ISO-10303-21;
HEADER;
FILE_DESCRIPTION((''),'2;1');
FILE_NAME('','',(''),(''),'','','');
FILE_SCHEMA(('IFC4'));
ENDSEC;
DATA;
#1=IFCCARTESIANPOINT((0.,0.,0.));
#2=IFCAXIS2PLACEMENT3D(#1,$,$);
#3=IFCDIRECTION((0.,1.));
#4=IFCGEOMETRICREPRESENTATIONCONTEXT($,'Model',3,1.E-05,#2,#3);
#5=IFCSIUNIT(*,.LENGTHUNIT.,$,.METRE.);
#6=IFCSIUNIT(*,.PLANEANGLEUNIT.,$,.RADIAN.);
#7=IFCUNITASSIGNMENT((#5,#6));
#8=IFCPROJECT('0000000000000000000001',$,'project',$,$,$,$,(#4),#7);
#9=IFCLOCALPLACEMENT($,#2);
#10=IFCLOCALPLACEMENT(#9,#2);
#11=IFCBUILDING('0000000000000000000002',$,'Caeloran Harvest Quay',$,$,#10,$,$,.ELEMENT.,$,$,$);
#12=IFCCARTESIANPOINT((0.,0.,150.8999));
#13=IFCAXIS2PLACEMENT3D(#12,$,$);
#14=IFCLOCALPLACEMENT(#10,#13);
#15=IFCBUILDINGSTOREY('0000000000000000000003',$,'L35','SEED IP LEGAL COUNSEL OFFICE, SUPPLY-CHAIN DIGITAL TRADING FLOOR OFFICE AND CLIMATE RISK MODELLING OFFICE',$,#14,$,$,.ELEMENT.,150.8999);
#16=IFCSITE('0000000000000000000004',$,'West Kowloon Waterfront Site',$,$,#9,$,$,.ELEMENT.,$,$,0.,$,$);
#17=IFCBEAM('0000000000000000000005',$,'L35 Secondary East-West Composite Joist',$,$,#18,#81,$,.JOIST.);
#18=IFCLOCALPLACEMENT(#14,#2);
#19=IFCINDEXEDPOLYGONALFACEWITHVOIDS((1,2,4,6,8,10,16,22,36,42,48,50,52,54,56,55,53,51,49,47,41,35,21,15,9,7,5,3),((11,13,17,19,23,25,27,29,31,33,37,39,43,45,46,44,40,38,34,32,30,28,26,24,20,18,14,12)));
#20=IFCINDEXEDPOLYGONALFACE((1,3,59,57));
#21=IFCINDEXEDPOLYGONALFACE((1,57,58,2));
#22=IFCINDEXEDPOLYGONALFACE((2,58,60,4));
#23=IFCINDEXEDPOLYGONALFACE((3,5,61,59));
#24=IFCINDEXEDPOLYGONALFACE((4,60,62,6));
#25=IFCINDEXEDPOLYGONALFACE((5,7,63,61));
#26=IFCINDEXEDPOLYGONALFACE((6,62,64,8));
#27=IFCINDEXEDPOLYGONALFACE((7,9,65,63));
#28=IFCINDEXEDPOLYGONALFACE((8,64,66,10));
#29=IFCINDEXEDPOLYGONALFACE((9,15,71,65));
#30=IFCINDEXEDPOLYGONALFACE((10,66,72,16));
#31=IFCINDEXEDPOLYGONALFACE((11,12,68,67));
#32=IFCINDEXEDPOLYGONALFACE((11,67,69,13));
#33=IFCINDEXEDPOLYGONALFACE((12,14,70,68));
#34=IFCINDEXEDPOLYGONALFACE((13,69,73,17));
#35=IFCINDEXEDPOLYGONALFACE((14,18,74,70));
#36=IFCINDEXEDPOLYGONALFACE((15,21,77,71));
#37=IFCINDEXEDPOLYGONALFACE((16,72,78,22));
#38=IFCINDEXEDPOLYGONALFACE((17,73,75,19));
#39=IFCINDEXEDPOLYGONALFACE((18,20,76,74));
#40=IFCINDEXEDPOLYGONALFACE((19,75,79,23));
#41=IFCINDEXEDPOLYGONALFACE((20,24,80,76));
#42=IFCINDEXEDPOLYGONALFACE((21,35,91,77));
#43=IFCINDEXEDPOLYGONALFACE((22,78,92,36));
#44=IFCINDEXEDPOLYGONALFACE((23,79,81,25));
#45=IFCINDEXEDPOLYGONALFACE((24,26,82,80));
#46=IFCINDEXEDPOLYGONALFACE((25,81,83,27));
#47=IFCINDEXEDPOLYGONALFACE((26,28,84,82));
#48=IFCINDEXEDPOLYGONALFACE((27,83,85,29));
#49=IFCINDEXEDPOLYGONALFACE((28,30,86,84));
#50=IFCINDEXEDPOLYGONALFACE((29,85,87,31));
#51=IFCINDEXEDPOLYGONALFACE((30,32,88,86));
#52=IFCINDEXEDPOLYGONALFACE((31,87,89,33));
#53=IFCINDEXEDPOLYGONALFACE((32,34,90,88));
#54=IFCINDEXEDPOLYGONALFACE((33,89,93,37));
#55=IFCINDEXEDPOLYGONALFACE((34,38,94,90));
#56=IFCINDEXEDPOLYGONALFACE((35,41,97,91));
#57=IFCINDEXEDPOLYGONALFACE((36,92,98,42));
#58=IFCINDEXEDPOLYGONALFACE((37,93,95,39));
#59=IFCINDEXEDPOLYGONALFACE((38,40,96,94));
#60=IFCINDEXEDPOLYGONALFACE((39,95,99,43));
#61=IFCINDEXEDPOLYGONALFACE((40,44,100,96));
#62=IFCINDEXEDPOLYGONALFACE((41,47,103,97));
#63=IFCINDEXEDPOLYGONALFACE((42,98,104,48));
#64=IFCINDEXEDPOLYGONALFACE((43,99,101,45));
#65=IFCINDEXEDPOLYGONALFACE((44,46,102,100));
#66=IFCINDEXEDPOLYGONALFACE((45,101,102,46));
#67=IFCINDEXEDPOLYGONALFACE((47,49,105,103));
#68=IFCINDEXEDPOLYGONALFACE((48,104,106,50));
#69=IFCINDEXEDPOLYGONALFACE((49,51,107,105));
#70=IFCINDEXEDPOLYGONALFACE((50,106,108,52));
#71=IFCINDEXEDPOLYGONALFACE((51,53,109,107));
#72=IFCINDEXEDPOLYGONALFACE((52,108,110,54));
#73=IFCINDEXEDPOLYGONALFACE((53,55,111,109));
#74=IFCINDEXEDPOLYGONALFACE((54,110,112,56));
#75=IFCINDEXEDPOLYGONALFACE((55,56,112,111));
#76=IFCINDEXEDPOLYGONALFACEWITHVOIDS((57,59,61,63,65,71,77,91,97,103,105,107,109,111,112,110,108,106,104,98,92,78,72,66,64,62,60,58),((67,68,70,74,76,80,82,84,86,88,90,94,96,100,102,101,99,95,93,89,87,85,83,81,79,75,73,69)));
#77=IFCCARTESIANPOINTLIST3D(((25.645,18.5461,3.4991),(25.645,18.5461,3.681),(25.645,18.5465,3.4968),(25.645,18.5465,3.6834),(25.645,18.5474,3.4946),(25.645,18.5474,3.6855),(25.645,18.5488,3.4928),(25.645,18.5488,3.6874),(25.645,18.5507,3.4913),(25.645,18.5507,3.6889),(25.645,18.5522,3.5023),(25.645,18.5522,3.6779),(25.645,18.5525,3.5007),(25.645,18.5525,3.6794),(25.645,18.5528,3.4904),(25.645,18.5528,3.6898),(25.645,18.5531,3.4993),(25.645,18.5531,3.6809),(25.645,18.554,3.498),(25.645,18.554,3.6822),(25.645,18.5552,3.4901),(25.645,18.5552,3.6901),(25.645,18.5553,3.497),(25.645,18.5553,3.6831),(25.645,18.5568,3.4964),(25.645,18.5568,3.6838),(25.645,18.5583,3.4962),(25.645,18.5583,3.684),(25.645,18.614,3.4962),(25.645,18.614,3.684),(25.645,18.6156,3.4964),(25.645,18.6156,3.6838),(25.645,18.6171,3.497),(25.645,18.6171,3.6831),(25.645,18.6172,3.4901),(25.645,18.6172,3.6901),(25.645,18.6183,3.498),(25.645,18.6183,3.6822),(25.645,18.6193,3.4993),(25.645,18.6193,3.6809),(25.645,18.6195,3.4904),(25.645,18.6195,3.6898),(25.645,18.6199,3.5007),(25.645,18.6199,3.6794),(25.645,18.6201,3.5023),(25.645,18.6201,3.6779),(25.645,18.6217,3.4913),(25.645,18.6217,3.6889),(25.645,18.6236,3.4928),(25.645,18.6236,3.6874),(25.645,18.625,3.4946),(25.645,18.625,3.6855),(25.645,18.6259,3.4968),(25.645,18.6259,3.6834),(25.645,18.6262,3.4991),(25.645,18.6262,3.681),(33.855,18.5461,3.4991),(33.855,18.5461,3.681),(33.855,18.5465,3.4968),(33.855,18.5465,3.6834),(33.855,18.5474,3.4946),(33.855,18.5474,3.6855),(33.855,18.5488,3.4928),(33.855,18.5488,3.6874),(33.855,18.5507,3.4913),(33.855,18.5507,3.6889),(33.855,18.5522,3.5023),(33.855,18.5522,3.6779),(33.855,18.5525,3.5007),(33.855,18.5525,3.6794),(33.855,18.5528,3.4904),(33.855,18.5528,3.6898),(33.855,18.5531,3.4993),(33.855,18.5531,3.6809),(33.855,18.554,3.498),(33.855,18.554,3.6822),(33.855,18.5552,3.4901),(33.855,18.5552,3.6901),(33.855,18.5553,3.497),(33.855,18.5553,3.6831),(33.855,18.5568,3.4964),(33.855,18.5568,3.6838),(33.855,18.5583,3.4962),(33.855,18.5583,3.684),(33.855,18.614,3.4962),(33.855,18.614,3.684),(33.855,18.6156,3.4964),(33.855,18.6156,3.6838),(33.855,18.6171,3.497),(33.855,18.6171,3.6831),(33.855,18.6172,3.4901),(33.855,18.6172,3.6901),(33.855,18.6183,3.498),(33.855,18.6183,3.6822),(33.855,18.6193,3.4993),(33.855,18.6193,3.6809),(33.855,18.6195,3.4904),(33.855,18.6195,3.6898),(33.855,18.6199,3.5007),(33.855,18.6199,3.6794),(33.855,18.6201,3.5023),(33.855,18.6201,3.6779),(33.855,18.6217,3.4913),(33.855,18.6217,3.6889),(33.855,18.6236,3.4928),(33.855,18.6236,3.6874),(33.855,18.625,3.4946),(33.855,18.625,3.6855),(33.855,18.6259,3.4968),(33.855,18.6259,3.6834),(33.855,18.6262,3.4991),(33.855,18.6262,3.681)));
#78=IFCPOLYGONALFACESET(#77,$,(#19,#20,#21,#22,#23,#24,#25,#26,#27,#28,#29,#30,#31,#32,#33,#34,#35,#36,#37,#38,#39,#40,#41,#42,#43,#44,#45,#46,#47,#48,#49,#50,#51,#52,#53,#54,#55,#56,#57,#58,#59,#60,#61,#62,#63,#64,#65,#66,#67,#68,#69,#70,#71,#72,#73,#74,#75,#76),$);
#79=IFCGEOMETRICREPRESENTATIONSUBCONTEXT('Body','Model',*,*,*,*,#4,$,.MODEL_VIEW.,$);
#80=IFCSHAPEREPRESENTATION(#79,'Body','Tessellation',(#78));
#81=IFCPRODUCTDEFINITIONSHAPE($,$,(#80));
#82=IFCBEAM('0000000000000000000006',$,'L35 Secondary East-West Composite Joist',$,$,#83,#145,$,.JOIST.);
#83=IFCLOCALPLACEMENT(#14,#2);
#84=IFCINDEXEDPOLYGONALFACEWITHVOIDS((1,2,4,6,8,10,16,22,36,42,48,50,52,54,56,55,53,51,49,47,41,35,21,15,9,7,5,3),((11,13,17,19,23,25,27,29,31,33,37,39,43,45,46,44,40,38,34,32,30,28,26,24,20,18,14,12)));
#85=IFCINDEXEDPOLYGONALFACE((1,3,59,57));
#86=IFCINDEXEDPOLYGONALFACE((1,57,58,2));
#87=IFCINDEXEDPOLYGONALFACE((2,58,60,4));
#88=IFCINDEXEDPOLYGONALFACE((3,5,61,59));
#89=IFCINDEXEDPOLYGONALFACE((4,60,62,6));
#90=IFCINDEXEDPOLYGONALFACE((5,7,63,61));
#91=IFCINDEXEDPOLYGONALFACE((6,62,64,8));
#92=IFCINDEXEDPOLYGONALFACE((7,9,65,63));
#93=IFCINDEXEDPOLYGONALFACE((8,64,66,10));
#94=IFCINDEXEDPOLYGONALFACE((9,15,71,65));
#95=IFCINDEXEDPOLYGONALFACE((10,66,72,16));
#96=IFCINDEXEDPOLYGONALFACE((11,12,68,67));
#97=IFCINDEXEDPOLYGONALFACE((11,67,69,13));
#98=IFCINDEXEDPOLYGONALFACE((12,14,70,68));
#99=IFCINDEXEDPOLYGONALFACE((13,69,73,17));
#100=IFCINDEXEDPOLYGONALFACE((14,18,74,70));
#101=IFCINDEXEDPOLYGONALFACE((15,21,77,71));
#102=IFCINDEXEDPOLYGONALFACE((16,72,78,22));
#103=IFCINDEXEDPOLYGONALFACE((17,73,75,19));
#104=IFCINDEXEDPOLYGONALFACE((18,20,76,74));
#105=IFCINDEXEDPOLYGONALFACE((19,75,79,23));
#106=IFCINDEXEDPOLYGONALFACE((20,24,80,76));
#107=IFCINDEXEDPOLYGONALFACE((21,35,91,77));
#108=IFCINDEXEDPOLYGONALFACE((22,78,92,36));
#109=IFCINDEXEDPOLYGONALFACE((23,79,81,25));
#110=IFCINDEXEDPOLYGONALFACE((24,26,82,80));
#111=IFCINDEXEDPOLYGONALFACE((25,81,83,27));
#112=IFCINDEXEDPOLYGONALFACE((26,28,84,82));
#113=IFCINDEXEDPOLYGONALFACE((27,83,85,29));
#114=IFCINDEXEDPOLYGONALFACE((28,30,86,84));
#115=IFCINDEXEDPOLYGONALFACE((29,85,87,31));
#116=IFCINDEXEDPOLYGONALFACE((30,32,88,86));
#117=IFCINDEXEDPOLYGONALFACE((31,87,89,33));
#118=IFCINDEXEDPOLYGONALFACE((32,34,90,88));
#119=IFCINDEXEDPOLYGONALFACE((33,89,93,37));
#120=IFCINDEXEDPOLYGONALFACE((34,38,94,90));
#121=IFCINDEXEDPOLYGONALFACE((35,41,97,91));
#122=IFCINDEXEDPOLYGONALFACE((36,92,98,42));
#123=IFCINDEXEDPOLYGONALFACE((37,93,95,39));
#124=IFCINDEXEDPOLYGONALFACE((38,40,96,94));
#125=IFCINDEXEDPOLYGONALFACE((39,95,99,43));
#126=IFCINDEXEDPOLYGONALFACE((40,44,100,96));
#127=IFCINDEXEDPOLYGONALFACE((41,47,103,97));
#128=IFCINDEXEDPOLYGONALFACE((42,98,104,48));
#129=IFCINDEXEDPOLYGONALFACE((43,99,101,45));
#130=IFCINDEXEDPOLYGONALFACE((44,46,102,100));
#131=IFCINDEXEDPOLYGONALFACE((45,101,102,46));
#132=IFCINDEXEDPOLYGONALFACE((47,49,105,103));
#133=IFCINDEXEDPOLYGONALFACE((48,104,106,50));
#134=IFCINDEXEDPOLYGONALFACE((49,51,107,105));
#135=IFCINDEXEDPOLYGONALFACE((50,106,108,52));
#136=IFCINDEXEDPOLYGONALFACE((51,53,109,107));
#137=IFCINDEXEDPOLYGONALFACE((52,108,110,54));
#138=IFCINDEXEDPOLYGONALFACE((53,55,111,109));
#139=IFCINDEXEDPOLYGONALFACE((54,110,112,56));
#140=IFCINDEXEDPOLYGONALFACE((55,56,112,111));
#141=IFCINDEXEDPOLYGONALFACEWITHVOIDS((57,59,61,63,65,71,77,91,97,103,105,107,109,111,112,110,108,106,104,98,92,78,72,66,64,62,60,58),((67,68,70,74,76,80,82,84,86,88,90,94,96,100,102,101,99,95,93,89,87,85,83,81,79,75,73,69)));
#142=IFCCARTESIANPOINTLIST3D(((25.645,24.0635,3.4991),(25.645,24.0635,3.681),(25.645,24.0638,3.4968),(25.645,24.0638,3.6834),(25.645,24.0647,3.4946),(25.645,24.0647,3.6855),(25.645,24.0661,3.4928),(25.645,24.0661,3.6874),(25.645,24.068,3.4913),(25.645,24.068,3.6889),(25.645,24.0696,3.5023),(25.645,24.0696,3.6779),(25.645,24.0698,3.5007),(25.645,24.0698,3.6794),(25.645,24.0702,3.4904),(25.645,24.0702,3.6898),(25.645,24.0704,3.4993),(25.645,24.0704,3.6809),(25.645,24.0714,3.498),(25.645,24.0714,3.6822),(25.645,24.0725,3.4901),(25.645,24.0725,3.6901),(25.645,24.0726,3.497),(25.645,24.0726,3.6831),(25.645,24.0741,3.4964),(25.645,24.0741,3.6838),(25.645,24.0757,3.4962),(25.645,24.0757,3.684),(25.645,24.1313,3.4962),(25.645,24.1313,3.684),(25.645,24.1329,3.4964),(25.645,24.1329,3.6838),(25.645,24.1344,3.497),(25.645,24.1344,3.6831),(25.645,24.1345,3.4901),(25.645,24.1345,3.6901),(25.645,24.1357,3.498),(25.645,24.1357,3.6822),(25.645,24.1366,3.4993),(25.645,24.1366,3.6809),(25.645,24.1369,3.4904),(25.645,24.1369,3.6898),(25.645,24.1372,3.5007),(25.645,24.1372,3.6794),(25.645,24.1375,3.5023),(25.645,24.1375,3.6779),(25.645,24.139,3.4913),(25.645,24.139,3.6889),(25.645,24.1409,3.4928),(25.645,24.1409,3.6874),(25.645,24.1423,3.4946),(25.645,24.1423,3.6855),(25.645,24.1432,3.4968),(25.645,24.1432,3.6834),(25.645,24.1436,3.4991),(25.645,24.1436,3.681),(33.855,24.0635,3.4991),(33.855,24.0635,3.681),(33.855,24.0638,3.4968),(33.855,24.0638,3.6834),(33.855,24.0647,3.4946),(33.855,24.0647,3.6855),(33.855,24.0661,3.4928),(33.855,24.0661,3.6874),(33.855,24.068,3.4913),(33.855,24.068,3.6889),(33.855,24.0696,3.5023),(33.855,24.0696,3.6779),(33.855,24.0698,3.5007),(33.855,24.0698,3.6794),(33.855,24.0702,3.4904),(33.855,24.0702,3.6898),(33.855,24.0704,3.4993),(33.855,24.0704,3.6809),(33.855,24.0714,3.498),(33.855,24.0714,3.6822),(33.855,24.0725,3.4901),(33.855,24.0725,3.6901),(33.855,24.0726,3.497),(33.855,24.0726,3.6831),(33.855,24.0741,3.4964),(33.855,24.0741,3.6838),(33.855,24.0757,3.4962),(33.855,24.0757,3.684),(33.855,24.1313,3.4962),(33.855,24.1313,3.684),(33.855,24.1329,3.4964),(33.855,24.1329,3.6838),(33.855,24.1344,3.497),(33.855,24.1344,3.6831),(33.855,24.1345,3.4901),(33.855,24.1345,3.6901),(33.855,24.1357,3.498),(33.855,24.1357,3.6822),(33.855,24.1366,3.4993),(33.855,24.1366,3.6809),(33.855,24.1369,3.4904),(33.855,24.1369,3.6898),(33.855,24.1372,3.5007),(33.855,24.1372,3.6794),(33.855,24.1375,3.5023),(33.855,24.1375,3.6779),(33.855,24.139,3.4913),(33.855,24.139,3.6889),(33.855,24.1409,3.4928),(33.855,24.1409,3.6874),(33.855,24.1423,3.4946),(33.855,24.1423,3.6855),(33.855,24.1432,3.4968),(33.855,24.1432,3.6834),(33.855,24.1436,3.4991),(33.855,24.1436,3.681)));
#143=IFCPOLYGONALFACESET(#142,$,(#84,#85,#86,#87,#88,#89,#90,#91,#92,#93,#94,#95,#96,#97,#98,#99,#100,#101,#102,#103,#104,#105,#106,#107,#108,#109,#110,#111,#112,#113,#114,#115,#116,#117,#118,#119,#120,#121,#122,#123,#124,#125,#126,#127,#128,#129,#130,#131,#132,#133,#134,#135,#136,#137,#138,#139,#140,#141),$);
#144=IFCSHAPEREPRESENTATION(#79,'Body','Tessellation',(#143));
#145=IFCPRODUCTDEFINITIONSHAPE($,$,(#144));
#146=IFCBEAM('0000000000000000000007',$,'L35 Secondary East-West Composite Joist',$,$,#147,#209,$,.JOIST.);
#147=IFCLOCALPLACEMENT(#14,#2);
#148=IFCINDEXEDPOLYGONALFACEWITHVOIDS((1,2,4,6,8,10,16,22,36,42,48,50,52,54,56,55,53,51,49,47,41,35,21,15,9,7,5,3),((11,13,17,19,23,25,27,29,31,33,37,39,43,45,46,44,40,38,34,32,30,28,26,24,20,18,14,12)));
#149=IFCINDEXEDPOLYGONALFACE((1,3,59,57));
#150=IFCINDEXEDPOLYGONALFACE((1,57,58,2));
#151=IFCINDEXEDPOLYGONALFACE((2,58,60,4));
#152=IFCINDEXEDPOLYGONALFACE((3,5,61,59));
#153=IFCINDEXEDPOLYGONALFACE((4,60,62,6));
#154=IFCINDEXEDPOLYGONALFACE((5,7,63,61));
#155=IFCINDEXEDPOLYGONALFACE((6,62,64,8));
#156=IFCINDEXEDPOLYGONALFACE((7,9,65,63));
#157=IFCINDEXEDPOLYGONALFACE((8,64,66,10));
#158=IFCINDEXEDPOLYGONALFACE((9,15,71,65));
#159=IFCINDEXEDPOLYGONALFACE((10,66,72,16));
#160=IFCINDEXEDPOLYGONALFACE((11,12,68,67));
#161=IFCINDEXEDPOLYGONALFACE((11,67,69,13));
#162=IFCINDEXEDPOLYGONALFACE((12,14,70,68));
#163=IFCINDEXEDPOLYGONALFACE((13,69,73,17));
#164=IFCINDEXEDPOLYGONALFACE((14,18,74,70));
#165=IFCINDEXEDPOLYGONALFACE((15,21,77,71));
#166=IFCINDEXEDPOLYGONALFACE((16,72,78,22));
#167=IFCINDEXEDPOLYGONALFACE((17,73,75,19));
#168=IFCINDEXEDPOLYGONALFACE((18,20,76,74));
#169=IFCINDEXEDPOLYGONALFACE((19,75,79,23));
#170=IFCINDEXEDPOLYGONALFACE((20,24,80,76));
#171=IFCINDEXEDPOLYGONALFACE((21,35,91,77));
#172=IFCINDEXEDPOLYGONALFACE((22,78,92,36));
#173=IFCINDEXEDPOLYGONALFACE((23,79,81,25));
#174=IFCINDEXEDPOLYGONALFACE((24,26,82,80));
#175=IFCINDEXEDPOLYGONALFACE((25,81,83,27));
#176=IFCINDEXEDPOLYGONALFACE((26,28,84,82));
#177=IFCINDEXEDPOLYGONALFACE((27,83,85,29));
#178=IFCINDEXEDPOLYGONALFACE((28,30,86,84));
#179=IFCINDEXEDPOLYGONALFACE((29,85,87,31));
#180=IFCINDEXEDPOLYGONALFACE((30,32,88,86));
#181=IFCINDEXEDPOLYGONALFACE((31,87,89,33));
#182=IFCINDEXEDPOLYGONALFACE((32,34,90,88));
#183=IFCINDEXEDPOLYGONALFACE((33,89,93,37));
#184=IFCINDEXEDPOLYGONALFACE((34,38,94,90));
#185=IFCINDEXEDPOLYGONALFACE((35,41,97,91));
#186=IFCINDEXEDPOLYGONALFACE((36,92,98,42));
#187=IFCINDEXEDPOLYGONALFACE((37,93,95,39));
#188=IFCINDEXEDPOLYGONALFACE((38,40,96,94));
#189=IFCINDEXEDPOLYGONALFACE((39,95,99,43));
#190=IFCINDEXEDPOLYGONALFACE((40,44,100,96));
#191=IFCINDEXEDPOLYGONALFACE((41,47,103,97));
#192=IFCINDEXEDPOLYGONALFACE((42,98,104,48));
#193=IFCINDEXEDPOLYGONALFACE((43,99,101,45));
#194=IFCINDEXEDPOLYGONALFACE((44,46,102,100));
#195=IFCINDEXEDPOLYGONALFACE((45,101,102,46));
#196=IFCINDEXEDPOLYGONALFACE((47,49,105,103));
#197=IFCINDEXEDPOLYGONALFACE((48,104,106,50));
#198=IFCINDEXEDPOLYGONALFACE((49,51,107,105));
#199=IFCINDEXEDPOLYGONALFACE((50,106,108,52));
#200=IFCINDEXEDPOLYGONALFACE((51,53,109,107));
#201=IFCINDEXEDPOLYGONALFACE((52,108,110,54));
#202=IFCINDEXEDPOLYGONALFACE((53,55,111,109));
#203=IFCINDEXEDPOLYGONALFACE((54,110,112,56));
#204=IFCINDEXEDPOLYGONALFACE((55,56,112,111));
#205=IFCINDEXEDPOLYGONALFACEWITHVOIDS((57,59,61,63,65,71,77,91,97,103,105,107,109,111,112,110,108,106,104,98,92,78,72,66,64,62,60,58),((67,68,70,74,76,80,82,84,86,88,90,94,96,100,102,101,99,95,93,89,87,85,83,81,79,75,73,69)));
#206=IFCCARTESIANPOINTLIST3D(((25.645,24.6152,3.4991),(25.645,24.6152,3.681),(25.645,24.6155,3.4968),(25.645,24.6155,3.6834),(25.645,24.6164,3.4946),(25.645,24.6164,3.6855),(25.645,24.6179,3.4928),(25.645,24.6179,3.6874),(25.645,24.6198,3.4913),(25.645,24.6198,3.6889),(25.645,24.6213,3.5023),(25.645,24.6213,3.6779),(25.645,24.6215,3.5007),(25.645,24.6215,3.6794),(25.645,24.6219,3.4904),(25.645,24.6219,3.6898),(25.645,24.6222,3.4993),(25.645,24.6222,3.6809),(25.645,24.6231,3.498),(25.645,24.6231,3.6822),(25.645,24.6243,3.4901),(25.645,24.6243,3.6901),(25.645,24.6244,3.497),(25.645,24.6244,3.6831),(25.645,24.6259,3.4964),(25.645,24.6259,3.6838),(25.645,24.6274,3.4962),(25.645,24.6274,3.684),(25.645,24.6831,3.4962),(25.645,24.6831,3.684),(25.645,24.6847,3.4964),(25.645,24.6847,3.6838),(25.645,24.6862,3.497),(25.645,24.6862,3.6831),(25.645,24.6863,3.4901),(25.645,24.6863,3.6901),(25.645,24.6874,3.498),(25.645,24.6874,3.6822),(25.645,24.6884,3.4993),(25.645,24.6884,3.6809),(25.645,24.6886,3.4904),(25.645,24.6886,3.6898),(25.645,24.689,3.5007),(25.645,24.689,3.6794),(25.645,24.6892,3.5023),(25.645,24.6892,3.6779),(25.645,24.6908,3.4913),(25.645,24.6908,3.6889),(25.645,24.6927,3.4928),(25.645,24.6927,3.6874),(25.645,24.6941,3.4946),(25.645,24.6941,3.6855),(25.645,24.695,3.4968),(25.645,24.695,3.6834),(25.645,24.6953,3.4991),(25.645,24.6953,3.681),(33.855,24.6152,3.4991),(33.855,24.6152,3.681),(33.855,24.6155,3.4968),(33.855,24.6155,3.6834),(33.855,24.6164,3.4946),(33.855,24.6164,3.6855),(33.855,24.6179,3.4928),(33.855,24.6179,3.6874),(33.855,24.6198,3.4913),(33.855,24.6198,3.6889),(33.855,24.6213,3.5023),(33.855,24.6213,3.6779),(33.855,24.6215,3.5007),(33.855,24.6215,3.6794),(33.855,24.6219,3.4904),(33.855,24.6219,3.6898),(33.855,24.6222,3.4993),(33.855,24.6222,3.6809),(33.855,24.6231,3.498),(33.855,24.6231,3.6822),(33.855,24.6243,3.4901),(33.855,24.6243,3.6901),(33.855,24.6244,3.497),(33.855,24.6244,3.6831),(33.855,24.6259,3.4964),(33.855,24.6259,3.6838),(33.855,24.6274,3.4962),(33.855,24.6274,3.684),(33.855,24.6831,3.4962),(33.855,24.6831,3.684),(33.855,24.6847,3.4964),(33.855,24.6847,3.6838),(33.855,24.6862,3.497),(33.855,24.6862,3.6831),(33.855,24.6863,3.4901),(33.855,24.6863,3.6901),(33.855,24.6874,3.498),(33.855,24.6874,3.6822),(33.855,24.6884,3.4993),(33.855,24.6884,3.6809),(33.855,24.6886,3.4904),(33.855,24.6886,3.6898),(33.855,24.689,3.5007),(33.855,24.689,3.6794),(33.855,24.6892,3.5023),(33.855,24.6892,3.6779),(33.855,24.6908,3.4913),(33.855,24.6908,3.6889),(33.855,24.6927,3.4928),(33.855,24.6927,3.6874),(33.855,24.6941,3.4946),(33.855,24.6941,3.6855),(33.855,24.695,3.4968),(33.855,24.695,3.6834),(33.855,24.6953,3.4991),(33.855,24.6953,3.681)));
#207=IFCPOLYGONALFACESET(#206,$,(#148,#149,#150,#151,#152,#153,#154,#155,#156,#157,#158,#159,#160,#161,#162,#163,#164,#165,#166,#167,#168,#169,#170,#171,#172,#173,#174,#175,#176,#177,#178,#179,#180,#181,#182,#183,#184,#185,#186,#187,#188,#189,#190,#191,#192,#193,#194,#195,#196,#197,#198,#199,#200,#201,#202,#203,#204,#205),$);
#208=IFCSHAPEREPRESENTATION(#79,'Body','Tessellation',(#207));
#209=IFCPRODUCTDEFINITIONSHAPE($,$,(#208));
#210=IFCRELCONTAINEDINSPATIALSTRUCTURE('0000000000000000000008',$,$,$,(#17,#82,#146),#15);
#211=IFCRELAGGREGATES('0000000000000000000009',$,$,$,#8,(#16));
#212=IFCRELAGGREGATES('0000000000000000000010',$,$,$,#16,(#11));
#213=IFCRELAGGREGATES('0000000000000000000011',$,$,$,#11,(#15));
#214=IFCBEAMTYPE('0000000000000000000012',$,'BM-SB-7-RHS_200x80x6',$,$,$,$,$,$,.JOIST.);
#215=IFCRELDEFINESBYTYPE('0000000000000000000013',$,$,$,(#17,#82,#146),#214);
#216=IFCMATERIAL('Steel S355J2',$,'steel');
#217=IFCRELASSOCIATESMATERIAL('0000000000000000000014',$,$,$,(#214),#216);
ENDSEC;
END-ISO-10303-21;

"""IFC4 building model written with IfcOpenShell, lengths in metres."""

from ifc_helpers import new_model, si_unit, direction, frame, origin, origin_2d, place, context, subcontext, project, spatial, hollow_rectangle, extrude, material, material_profile, profile_set, type_object, element, save


model = new_model("IFC4")

# Units and contexts
model_context = context("Model", 3, precision=1e-05, world=origin(), true_north=direction((0.0, 1.0)))
body_context = subcontext(model_context, "Body", "Model", "MODEL_VIEW")
ifc_project = project(units=[si_unit("LENGTHUNIT", "METRE"), si_unit("PLANEANGLEUNIT", "RADIAN")], contexts=[model_context])

# Site, building, storey
site_placement = place(None, origin())
site = spatial("IfcSite", under=ifc_project, at=site_placement, Name="West Kowloon Waterfront Site", CompositionType="ELEMENT", RefElevation=0.0)
building_placement = place(site_placement, origin())
building = spatial("IfcBuilding", under=site, at=building_placement, Name="Caeloran Harvest Quay", CompositionType="ELEMENT")
storey_placement = place(building_placement, frame((0.0, 0.0, 150.8999)))
storey = spatial("IfcBuildingStorey", under=building, at=storey_placement, Name="L35", Description="SEED IP LEGAL COUNSEL OFFICE, SUPPLY-CHAIN DIGITAL TRADING FLOOR OFFICE AND CLIMATE RISK MODELLING OFFICE", CompositionType="ELEMENT", Elevation=150.8999)

# Beams
ifc_material_1 = material(Name="Steel S355J2", Category="steel")
ifc_material_profile_1 = material_profile(ifc_material_1, hollow_rectangle(XDim=0.0801, YDim=0.2, WallThickness=0.0061, InnerFilletRadius=0.0061, OuterFilletRadius=0.009, at=origin_2d()), Name="RHS 200x80x6")
ifc_profile_set_1 = profile_set([ifc_material_profile_1], Name="Steel S355J2")
beam_type_1 = type_object("IfcBeamType", Name="BM-SB-7-RHS_200x80x6", PredefinedType="JOIST", material=ifc_profile_set_1)
for number, where, z_axis, x_axis, name in (
    (1, (25.645, 18.5862, 3.5901), (1.0, 0.0, 0.0), (0.0, 1.0, 0.0), "L35 Secondary East-West Composite Joist"),
    (2, (25.645, 24.1035, 3.5901), (1.0, 0.0, 0.0), (0.0, 1.0, 0.0), "L35 Secondary East-West Composite Joist"),
    (3, (25.645, 24.6553, 3.5901), (1.0, 0.0, 0.0), (0.0, 1.0, 0.0), "L35 Secondary East-West Composite Joist"),
):
    element("IfcBeam", number, at=place(storey_placement, frame(where, z_axis=z_axis, x_axis=x_axis)), inside=storey, type_object=beam_type_1, Name=name, PredefinedType="JOIST", context=body_context, shape_type="SweptSolid", body=[
        extrude(hollow_rectangle(XDim=0.0801, YDim=0.2, WallThickness=0.0061, InnerFilletRadius=0.0061, OuterFilletRadius=0.009, at=origin_2d()), origin(), (0.0, 0.0, 1.0), 8.21),
    ])

save(model, "model.ifc")
